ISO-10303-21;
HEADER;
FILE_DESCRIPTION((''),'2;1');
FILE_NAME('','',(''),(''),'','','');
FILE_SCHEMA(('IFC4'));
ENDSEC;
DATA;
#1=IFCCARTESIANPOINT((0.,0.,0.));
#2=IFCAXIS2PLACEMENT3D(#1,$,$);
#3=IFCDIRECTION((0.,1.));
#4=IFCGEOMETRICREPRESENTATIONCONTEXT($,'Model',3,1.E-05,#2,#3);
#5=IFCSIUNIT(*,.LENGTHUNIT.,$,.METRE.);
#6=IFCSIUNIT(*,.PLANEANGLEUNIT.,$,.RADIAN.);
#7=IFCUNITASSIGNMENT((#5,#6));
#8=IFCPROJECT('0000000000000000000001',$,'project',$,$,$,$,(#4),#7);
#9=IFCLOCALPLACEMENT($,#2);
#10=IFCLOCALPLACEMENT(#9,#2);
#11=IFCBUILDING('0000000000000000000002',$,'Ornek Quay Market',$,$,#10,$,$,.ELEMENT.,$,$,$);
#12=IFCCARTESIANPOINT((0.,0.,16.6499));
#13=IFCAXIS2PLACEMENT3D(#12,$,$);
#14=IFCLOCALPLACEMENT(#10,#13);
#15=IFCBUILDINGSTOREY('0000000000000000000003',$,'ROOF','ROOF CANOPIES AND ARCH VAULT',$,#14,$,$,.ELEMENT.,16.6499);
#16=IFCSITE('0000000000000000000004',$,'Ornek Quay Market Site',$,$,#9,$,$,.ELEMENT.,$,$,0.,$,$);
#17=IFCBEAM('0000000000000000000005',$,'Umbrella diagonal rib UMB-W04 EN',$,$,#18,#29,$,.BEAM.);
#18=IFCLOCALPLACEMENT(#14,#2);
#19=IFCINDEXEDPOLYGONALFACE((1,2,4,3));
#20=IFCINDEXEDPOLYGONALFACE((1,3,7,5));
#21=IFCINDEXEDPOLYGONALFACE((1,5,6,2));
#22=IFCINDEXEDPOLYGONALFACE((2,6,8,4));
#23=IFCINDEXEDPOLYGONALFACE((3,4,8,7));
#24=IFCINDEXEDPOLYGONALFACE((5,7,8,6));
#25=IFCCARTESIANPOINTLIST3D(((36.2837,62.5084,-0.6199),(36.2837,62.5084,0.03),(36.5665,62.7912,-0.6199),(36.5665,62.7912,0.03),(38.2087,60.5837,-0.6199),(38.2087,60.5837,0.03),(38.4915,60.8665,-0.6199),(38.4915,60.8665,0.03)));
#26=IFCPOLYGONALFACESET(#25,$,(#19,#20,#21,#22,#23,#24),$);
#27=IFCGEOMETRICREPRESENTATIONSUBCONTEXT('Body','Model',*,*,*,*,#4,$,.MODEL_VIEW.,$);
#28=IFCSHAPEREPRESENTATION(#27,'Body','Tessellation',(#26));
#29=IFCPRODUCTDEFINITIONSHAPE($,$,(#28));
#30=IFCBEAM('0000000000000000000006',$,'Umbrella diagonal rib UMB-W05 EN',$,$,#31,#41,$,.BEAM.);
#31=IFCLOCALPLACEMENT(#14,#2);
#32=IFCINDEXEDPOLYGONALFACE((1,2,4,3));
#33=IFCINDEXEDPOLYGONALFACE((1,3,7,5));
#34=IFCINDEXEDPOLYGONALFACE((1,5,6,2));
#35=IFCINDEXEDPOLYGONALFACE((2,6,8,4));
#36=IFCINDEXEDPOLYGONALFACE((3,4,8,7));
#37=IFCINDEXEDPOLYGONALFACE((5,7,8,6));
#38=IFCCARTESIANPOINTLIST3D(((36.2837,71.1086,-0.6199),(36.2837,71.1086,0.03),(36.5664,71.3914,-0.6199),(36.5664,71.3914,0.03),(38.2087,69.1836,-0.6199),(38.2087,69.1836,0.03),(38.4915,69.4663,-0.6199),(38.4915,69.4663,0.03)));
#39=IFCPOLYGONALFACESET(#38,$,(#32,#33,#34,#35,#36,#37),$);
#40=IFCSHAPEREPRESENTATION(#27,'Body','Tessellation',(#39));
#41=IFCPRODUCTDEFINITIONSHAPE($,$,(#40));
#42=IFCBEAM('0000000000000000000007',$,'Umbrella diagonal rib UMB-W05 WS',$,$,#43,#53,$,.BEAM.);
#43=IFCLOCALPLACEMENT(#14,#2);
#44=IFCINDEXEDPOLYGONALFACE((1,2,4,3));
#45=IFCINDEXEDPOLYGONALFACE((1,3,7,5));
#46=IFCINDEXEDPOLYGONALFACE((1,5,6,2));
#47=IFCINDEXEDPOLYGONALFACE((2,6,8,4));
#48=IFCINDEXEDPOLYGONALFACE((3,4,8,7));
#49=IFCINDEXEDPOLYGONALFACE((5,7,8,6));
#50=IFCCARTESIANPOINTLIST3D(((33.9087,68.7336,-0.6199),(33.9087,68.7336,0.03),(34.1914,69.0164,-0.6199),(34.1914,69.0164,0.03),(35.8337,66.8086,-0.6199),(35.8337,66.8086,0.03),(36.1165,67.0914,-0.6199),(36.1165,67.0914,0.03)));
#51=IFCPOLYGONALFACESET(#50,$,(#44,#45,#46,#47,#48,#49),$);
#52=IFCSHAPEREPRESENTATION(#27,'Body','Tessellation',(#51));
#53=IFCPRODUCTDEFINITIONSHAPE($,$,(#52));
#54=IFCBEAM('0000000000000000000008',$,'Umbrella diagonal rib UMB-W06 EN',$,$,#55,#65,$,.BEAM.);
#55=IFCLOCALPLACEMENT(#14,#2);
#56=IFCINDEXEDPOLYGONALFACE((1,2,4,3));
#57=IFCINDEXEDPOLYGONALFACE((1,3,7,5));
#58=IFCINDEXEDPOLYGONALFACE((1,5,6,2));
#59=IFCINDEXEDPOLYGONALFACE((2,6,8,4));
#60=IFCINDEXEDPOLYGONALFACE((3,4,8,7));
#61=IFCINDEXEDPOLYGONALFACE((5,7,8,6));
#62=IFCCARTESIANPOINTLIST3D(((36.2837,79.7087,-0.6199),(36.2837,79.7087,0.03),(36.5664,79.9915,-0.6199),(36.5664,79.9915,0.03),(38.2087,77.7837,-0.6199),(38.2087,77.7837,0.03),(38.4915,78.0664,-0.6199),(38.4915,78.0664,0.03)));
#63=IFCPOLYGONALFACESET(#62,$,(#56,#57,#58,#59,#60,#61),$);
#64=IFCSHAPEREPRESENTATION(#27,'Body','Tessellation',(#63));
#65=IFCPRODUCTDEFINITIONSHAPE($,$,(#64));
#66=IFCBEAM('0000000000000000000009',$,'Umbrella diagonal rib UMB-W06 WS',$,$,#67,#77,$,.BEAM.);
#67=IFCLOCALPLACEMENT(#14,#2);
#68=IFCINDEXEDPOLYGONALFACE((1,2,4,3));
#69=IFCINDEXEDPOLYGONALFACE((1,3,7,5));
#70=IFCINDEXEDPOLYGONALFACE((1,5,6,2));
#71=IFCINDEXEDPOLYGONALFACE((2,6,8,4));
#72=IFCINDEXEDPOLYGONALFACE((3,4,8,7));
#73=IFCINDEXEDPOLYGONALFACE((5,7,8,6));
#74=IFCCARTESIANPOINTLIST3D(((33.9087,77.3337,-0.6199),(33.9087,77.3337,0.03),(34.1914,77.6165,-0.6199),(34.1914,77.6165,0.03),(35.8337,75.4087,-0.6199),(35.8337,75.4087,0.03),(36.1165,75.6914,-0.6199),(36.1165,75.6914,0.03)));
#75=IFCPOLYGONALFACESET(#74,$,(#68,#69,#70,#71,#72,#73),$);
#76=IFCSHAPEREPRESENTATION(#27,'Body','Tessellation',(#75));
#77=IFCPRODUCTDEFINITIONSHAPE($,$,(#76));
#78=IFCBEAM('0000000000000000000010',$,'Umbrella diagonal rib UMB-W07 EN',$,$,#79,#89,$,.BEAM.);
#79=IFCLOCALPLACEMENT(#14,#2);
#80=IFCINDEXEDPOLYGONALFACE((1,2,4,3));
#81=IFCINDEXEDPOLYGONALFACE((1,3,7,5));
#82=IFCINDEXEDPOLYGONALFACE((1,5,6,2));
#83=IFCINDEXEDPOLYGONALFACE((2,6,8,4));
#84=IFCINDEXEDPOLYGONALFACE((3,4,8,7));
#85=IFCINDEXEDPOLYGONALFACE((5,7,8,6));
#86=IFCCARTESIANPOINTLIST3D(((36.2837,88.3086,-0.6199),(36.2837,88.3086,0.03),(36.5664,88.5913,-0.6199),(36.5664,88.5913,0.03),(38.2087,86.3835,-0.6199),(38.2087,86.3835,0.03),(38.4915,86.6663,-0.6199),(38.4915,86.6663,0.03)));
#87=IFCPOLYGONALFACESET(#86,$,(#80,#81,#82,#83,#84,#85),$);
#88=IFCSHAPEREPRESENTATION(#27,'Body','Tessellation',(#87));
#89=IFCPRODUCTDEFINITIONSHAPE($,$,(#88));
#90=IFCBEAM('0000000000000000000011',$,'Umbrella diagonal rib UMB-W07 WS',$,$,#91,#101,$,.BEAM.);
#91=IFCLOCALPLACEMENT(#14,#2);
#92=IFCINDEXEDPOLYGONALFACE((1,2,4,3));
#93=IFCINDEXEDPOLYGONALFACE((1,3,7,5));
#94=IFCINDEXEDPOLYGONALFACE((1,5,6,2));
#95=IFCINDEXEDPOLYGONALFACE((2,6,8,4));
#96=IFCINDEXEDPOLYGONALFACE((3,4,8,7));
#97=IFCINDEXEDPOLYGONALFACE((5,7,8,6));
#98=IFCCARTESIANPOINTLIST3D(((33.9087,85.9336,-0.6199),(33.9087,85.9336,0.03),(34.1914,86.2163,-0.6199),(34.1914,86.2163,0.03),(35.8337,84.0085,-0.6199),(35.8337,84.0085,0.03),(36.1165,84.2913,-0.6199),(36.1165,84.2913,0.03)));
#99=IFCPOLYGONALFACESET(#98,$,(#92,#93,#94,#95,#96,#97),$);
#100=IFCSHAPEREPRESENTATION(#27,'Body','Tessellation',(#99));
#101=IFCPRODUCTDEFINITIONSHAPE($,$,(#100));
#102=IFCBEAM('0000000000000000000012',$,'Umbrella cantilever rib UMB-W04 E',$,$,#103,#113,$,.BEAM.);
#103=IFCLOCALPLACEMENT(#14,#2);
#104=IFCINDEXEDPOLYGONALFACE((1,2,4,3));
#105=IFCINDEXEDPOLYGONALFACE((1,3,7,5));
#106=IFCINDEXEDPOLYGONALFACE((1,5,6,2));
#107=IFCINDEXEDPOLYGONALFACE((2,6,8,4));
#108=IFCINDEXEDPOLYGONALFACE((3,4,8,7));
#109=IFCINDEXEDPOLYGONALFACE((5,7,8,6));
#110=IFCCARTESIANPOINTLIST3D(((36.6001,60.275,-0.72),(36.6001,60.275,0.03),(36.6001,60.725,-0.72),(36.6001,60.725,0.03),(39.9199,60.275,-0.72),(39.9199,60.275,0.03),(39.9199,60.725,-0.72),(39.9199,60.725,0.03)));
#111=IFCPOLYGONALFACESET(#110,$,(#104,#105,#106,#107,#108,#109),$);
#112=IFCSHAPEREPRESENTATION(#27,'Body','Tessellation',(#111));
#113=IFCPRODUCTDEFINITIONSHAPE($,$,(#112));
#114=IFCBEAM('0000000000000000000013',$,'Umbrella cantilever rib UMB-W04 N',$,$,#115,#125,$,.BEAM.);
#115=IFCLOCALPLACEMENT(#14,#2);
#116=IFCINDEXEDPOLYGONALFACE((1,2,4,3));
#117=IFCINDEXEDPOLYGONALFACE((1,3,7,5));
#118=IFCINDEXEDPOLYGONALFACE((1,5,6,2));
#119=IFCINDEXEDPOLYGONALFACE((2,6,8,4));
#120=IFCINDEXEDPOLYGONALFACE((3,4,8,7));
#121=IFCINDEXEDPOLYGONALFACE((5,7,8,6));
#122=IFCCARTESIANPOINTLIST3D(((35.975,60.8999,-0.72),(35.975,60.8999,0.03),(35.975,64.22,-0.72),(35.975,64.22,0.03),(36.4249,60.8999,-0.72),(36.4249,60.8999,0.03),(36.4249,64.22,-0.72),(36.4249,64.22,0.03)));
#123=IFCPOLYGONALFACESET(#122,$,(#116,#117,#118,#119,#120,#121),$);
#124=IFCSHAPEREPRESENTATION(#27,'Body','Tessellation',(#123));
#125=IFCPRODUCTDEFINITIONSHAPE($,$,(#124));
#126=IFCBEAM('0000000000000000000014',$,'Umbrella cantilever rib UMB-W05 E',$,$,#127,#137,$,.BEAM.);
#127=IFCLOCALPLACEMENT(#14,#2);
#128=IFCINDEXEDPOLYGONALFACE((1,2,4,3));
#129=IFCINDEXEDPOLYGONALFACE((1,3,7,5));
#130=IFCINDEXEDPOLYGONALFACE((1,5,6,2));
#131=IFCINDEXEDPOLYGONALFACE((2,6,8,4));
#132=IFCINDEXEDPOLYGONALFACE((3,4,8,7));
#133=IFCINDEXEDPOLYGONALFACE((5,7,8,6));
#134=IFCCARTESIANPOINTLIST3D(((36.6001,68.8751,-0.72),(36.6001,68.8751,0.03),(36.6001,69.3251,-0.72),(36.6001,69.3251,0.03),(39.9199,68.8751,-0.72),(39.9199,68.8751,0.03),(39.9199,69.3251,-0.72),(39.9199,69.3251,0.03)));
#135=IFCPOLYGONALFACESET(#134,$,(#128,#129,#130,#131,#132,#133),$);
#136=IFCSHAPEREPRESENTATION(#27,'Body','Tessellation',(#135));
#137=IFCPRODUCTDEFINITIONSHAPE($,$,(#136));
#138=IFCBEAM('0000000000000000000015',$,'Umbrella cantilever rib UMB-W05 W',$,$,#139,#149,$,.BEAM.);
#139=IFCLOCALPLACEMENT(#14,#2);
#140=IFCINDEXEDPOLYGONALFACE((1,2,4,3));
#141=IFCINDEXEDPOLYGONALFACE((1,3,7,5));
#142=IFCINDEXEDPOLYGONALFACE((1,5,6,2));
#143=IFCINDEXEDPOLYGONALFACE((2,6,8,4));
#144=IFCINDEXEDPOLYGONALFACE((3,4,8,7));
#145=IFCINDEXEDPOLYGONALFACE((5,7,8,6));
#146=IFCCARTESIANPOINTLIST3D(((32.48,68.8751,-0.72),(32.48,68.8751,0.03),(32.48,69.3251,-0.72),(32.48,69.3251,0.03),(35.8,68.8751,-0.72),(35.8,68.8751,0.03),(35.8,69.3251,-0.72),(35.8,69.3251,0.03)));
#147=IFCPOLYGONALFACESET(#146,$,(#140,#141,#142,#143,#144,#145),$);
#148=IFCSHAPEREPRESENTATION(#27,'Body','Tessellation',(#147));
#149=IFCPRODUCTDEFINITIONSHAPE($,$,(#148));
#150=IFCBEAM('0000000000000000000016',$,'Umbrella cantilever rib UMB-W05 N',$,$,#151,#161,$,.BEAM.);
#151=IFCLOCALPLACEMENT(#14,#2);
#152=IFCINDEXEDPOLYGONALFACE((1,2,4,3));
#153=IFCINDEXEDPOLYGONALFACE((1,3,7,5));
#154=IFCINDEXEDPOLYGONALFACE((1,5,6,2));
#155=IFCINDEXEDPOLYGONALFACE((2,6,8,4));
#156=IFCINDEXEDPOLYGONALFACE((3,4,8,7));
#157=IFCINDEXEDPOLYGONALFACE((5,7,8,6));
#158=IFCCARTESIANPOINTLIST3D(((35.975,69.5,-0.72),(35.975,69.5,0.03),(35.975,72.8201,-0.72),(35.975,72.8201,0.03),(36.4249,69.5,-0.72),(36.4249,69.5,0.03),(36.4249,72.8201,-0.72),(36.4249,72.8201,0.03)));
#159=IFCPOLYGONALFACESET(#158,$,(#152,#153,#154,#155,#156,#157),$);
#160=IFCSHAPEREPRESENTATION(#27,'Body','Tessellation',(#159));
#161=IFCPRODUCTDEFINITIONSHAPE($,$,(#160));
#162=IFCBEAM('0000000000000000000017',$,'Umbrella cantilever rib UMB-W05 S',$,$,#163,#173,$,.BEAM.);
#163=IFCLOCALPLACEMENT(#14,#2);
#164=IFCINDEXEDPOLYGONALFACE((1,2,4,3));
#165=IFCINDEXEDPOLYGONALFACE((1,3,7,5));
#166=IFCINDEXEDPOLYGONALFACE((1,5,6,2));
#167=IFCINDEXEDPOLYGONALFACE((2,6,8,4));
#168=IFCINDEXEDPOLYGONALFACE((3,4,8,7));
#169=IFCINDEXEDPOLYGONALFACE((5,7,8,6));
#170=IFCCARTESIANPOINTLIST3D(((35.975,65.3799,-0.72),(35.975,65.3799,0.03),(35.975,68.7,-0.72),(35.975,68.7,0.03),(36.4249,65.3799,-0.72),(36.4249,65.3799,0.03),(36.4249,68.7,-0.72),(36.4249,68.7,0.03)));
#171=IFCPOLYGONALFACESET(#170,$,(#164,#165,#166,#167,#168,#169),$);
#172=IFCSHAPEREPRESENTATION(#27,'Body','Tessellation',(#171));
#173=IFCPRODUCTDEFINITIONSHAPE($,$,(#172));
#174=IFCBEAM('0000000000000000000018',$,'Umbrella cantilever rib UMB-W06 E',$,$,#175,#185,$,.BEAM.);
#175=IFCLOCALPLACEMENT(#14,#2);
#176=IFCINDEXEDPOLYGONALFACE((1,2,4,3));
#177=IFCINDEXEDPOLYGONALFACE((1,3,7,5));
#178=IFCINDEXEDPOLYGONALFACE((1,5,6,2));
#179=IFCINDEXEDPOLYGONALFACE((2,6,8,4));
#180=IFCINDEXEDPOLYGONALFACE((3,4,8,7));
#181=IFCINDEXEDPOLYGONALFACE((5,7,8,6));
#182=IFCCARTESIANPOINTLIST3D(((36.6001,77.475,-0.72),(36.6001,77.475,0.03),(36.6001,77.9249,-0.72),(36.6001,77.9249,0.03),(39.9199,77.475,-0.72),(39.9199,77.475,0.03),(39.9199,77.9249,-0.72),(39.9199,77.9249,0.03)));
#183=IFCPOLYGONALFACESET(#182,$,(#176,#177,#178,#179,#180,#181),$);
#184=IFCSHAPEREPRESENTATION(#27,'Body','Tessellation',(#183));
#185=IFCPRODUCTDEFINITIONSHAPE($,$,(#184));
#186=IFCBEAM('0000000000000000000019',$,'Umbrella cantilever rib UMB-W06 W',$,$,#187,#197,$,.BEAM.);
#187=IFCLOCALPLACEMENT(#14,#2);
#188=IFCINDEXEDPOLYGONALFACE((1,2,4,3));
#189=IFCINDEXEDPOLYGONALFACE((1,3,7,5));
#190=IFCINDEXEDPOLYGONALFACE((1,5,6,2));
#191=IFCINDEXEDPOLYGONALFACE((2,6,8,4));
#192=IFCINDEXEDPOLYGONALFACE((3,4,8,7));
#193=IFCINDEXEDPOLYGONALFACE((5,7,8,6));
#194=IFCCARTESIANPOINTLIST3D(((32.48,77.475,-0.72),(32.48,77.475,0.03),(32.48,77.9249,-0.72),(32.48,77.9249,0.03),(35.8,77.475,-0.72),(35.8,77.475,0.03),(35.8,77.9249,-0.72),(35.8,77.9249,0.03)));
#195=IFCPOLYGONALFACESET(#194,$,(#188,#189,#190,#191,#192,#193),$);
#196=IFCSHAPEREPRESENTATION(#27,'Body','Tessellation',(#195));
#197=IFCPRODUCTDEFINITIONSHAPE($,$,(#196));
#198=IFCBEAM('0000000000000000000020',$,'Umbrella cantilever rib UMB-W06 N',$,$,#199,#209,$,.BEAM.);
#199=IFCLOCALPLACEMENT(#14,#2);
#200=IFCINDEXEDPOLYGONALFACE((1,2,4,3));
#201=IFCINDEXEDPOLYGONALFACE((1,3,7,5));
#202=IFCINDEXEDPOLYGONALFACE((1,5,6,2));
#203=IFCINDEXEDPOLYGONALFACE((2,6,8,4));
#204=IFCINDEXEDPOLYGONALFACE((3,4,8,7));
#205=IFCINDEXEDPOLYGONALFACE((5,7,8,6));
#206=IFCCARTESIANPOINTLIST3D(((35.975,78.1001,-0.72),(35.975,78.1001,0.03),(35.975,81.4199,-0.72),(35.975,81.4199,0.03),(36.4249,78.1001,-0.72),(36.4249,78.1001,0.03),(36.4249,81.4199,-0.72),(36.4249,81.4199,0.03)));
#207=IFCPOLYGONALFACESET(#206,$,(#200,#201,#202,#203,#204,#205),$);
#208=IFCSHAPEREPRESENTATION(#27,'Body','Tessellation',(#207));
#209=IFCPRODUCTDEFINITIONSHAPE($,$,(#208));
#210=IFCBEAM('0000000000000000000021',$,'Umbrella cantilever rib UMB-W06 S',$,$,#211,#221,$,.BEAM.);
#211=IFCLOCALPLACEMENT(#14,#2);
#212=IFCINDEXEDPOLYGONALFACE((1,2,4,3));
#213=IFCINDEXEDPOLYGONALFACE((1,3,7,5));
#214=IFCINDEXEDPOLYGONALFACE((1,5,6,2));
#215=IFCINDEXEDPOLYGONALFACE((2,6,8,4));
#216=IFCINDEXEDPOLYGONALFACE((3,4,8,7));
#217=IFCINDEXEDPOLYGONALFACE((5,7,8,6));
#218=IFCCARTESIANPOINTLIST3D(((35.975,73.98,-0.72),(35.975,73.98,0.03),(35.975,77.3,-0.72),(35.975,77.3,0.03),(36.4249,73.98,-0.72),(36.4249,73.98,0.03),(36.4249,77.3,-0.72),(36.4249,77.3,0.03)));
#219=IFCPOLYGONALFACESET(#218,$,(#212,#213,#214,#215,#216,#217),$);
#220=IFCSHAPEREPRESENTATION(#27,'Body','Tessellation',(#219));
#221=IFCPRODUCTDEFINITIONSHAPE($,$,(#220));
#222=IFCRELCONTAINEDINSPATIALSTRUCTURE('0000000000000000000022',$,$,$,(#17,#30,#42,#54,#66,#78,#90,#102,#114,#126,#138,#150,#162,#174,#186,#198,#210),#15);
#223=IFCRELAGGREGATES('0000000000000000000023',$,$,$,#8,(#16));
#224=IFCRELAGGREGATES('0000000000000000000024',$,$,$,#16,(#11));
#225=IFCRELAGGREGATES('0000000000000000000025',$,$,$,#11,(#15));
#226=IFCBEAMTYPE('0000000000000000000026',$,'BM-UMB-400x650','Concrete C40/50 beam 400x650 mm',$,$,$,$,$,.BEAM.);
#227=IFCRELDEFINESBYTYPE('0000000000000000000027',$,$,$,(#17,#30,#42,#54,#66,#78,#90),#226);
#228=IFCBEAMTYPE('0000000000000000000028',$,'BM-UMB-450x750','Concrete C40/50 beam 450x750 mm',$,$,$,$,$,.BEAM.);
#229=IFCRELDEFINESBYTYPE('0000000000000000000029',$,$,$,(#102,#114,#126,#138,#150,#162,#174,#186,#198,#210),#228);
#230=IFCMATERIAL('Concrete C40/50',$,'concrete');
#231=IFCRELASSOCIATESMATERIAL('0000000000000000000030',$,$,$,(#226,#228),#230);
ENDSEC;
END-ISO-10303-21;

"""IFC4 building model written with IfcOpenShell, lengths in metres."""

from ifc_helpers import new_model, si_unit, direction, frame, origin, origin_2d, place, context, subcontext, project, spatial, rectangle, extrude, material, material_profile, profile_set, type_object, element, save


model = new_model("IFC4")

# Units and contexts
model_context = context("Model", 3, precision=1e-05, world=origin(), true_north=direction((0.0, 1.0)))
body_context = subcontext(model_context, "Body", "Model", "MODEL_VIEW")
ifc_project = project(units=[si_unit("LENGTHUNIT", "METRE"), si_unit("PLANEANGLEUNIT", "RADIAN")], contexts=[model_context])

# Site, building, storey
site_placement = place(None, origin())
site = spatial("IfcSite", under=ifc_project, at=site_placement, Name="Ornek Quay Market Site", CompositionType="ELEMENT", RefElevation=0.0)
building_placement = place(site_placement, origin())
building = spatial("IfcBuilding", under=site, at=building_placement, Name="Ornek Quay Market", CompositionType="ELEMENT")
storey_placement = place(building_placement, frame((0.0, 0.0, 16.6499)))
storey = spatial("IfcBuildingStorey", under=building, at=storey_placement, Name="ROOF", Description="ROOF CANOPIES AND ARCH VAULT", CompositionType="ELEMENT", Elevation=16.6499)

# Beams
ifc_material = material(Name="Concrete C40/50", Category="concrete")
ifc_material_profile_1 = material_profile(ifc_material, rectangle(XDim=0.3999, YDim=0.6499, at=origin_2d()), Name="RC 400x650", Category="concrete")
ifc_profile_set_1 = profile_set([ifc_material_profile_1], Name="Concrete C40/50")
beam_type_1 = type_object("IfcBeamType", Name="BM-UMB-400x650", Description="Concrete C40/50 beam 400x650 mm", PredefinedType="BEAM", material=ifc_profile_set_1)
beam_1_placement = place(storey_placement, frame((38.3501, 60.7251, -0.2949), z_axis=(-0.707152, 0.707062, 0.0), x_axis=(-0.707062, -0.707152, 0.0)))
element("IfcBeam", 1, at=beam_1_placement, inside=storey, type_object=beam_type_1, Name="Umbrella diagonal rib UMB-W04 EN", PredefinedType="BEAM", context=body_context, shape_type="SweptSolid", body=[
    extrude(rectangle(XDim=0.3999, YDim=0.6499, at=origin_2d()), origin(), (0.0, 0.0, 1.0), 2.7222),
])
for number, where, z_axis, x_axis, name in (
    (2, (38.3501, 69.325, -0.2949), (-0.707107, 0.707107, 0.0), (-0.707107, -0.707107, 0.0), "Umbrella diagonal rib UMB-W05 EN"),
    (3, (34.05, 68.875, -0.2949), (0.707107, -0.707107, 0.0), (0.707107, 0.707107, 0.0), "Umbrella diagonal rib UMB-W05 WS"),
    (4, (38.3501, 77.925, -0.2949), (-0.707107, 0.707107, 0.0), (-0.707107, -0.707107, 0.0), "Umbrella diagonal rib UMB-W06 EN"),
    (5, (34.05, 77.4751, -0.2949), (0.707107, -0.707107, 0.0), (0.707107, 0.707107, 0.0), "Umbrella diagonal rib UMB-W06 WS"),
    (6, (38.3501, 86.5249, -0.2949), (-0.707107, 0.707107, 0.0), (-0.707107, -0.707107, 0.0), "Umbrella diagonal rib UMB-W07 EN"),
    (7, (34.05, 86.075, -0.2949), (0.707107, -0.707107, 0.0), (0.707107, 0.707107, 0.0), "Umbrella diagonal rib UMB-W07 WS"),
):
    element("IfcBeam", number, at=place(storey_placement, frame(where, z_axis=z_axis, x_axis=x_axis)), inside=storey, type_object=beam_type_1, Name=name, PredefinedType="BEAM", context=body_context, shape_type="SweptSolid", body=[
        extrude(rectangle(XDim=0.3999, YDim=0.6499, at=origin_2d()), origin(), (0.0, 0.0, 1.0), 2.7224),
    ])
ifc_material_profile_2 = material_profile(ifc_material, rectangle(XDim=0.45, YDim=0.75, at=origin_2d()), Name="RC 450x750", Category="concrete")
ifc_profile_set_2 = profile_set([ifc_material_profile_2], Name="Concrete C40/50")
beam_type_2 = type_object("IfcBeamType", Name="BM-UMB-450x750", Description="Concrete C40/50 beam 450x750 mm", PredefinedType="BEAM", material=ifc_profile_set_2)
beam_2_placement = place(storey_placement, frame((36.6001, 60.5, -0.345), z_axis=(1.0, 0.0, 0.0), x_axis=(0.0, 1.0, 0.0)))
element("IfcBeam", 8, at=beam_2_placement, inside=storey, type_object=beam_type_2, Name="Umbrella cantilever rib UMB-W04 E", PredefinedType="BEAM", context=body_context, shape_type="SweptSolid", body=[
    extrude(rectangle(XDim=0.45, YDim=0.75, at=origin_2d()), origin(), (0.0, 0.0, 1.0), 3.3198),
])
beam_3_placement = place(storey_placement, frame((36.2, 60.8999, -0.345), z_axis=(0.0, 1.0, 0.0), x_axis=(-1.0, 0.0, 0.0)))
element("IfcBeam", 9, at=beam_3_placement, inside=storey, type_object=beam_type_2, Name="Umbrella cantilever rib UMB-W04 N", PredefinedType="BEAM", context=body_context, shape_type="SweptSolid", body=[
    extrude(rectangle(XDim=0.45, YDim=0.75, at=origin_2d()), origin(), (0.0, 0.0, 1.0), 3.3201),
])
beam_4_placement = place(storey_placement, frame((36.6001, 69.1001, -0.345), z_axis=(1.0, 0.0, 0.0), x_axis=(0.0, 1.0, 0.0)))
element("IfcBeam", 10, at=beam_4_placement, inside=storey, type_object=beam_type_2, Name="Umbrella cantilever rib UMB-W05 E", PredefinedType="BEAM", context=body_context, shape_type="SweptSolid", body=[
    extrude(rectangle(XDim=0.45, YDim=0.75, at=origin_2d()), origin(), (0.0, 0.0, 1.0), 3.3198),
])
for number, where, z_axis, x_axis, name in (
    (11, (35.8, 69.1001, -0.345), (-1.0, 0.0, 0.0), (0.0, -1.0, 0.0), "Umbrella cantilever rib UMB-W05 W"),
    (12, (36.2, 69.5, -0.345), (0.0, 1.0, 0.0), (-1.0, 0.0, 0.0), "Umbrella cantilever rib UMB-W05 N"),
    (13, (36.2, 68.7, -0.345), (0.0, -1.0, 0.0), (1.0, 0.0, 0.0), "Umbrella cantilever rib UMB-W05 S"),
):
    element("IfcBeam", number, at=place(storey_placement, frame(where, z_axis=z_axis, x_axis=x_axis)), inside=storey, type_object=beam_type_2, Name=name, PredefinedType="BEAM", context=body_context, shape_type="SweptSolid", body=[
        extrude(rectangle(XDim=0.45, YDim=0.75, at=origin_2d()), origin(), (0.0, 0.0, 1.0), 3.3201),
    ])
beam_5_placement = place(storey_placement, frame((36.6001, 77.7, -0.345), z_axis=(1.0, 0.0, 0.0), x_axis=(0.0, 1.0, 0.0)))
element("IfcBeam", 14, at=beam_5_placement, inside=storey, type_object=beam_type_2, Name="Umbrella cantilever rib UMB-W06 E", PredefinedType="BEAM", context=body_context, shape_type="SweptSolid", body=[
    extrude(rectangle(XDim=0.45, YDim=0.75, at=origin_2d()), origin(), (0.0, 0.0, 1.0), 3.3198),
])
beam_6_placement = place(storey_placement, frame((35.8, 77.7, -0.345), z_axis=(-1.0, 0.0, 0.0), x_axis=(0.0, -1.0, 0.0)))
element("IfcBeam", 15, at=beam_6_placement, inside=storey, type_object=beam_type_2, Name="Umbrella cantilever rib UMB-W06 W", PredefinedType="BEAM", context=body_context, shape_type="SweptSolid", body=[
    extrude(rectangle(XDim=0.45, YDim=0.75, at=origin_2d()), origin(), (0.0, 0.0, 1.0), 3.3201),
])
beam_7_placement = place(storey_placement, frame((36.2, 78.1001, -0.345), z_axis=(0.0, 1.0, 0.0), x_axis=(-1.0, 0.0, 0.0)))
element("IfcBeam", 16, at=beam_7_placement, inside=storey, type_object=beam_type_2, Name="Umbrella cantilever rib UMB-W06 N", PredefinedType="BEAM", context=body_context, shape_type="SweptSolid", body=[
    extrude(rectangle(XDim=0.45, YDim=0.75, at=origin_2d()), origin(), (0.0, 0.0, 1.0), 3.3198),
])
beam_8_placement = place(storey_placement, frame((36.2, 77.3, -0.345), z_axis=(0.0, -1.0, 0.0), x_axis=(1.0, 0.0, 0.0)))
element("IfcBeam", 17, at=beam_8_placement, inside=storey, type_object=beam_type_2, Name="Umbrella cantilever rib UMB-W06 S", PredefinedType="BEAM", context=body_context, shape_type="SweptSolid", body=[
    extrude(rectangle(XDim=0.45, YDim=0.75, at=origin_2d()), origin(), (0.0, 0.0, 1.0), 3.3201),
])

save(model, "model.ifc")
